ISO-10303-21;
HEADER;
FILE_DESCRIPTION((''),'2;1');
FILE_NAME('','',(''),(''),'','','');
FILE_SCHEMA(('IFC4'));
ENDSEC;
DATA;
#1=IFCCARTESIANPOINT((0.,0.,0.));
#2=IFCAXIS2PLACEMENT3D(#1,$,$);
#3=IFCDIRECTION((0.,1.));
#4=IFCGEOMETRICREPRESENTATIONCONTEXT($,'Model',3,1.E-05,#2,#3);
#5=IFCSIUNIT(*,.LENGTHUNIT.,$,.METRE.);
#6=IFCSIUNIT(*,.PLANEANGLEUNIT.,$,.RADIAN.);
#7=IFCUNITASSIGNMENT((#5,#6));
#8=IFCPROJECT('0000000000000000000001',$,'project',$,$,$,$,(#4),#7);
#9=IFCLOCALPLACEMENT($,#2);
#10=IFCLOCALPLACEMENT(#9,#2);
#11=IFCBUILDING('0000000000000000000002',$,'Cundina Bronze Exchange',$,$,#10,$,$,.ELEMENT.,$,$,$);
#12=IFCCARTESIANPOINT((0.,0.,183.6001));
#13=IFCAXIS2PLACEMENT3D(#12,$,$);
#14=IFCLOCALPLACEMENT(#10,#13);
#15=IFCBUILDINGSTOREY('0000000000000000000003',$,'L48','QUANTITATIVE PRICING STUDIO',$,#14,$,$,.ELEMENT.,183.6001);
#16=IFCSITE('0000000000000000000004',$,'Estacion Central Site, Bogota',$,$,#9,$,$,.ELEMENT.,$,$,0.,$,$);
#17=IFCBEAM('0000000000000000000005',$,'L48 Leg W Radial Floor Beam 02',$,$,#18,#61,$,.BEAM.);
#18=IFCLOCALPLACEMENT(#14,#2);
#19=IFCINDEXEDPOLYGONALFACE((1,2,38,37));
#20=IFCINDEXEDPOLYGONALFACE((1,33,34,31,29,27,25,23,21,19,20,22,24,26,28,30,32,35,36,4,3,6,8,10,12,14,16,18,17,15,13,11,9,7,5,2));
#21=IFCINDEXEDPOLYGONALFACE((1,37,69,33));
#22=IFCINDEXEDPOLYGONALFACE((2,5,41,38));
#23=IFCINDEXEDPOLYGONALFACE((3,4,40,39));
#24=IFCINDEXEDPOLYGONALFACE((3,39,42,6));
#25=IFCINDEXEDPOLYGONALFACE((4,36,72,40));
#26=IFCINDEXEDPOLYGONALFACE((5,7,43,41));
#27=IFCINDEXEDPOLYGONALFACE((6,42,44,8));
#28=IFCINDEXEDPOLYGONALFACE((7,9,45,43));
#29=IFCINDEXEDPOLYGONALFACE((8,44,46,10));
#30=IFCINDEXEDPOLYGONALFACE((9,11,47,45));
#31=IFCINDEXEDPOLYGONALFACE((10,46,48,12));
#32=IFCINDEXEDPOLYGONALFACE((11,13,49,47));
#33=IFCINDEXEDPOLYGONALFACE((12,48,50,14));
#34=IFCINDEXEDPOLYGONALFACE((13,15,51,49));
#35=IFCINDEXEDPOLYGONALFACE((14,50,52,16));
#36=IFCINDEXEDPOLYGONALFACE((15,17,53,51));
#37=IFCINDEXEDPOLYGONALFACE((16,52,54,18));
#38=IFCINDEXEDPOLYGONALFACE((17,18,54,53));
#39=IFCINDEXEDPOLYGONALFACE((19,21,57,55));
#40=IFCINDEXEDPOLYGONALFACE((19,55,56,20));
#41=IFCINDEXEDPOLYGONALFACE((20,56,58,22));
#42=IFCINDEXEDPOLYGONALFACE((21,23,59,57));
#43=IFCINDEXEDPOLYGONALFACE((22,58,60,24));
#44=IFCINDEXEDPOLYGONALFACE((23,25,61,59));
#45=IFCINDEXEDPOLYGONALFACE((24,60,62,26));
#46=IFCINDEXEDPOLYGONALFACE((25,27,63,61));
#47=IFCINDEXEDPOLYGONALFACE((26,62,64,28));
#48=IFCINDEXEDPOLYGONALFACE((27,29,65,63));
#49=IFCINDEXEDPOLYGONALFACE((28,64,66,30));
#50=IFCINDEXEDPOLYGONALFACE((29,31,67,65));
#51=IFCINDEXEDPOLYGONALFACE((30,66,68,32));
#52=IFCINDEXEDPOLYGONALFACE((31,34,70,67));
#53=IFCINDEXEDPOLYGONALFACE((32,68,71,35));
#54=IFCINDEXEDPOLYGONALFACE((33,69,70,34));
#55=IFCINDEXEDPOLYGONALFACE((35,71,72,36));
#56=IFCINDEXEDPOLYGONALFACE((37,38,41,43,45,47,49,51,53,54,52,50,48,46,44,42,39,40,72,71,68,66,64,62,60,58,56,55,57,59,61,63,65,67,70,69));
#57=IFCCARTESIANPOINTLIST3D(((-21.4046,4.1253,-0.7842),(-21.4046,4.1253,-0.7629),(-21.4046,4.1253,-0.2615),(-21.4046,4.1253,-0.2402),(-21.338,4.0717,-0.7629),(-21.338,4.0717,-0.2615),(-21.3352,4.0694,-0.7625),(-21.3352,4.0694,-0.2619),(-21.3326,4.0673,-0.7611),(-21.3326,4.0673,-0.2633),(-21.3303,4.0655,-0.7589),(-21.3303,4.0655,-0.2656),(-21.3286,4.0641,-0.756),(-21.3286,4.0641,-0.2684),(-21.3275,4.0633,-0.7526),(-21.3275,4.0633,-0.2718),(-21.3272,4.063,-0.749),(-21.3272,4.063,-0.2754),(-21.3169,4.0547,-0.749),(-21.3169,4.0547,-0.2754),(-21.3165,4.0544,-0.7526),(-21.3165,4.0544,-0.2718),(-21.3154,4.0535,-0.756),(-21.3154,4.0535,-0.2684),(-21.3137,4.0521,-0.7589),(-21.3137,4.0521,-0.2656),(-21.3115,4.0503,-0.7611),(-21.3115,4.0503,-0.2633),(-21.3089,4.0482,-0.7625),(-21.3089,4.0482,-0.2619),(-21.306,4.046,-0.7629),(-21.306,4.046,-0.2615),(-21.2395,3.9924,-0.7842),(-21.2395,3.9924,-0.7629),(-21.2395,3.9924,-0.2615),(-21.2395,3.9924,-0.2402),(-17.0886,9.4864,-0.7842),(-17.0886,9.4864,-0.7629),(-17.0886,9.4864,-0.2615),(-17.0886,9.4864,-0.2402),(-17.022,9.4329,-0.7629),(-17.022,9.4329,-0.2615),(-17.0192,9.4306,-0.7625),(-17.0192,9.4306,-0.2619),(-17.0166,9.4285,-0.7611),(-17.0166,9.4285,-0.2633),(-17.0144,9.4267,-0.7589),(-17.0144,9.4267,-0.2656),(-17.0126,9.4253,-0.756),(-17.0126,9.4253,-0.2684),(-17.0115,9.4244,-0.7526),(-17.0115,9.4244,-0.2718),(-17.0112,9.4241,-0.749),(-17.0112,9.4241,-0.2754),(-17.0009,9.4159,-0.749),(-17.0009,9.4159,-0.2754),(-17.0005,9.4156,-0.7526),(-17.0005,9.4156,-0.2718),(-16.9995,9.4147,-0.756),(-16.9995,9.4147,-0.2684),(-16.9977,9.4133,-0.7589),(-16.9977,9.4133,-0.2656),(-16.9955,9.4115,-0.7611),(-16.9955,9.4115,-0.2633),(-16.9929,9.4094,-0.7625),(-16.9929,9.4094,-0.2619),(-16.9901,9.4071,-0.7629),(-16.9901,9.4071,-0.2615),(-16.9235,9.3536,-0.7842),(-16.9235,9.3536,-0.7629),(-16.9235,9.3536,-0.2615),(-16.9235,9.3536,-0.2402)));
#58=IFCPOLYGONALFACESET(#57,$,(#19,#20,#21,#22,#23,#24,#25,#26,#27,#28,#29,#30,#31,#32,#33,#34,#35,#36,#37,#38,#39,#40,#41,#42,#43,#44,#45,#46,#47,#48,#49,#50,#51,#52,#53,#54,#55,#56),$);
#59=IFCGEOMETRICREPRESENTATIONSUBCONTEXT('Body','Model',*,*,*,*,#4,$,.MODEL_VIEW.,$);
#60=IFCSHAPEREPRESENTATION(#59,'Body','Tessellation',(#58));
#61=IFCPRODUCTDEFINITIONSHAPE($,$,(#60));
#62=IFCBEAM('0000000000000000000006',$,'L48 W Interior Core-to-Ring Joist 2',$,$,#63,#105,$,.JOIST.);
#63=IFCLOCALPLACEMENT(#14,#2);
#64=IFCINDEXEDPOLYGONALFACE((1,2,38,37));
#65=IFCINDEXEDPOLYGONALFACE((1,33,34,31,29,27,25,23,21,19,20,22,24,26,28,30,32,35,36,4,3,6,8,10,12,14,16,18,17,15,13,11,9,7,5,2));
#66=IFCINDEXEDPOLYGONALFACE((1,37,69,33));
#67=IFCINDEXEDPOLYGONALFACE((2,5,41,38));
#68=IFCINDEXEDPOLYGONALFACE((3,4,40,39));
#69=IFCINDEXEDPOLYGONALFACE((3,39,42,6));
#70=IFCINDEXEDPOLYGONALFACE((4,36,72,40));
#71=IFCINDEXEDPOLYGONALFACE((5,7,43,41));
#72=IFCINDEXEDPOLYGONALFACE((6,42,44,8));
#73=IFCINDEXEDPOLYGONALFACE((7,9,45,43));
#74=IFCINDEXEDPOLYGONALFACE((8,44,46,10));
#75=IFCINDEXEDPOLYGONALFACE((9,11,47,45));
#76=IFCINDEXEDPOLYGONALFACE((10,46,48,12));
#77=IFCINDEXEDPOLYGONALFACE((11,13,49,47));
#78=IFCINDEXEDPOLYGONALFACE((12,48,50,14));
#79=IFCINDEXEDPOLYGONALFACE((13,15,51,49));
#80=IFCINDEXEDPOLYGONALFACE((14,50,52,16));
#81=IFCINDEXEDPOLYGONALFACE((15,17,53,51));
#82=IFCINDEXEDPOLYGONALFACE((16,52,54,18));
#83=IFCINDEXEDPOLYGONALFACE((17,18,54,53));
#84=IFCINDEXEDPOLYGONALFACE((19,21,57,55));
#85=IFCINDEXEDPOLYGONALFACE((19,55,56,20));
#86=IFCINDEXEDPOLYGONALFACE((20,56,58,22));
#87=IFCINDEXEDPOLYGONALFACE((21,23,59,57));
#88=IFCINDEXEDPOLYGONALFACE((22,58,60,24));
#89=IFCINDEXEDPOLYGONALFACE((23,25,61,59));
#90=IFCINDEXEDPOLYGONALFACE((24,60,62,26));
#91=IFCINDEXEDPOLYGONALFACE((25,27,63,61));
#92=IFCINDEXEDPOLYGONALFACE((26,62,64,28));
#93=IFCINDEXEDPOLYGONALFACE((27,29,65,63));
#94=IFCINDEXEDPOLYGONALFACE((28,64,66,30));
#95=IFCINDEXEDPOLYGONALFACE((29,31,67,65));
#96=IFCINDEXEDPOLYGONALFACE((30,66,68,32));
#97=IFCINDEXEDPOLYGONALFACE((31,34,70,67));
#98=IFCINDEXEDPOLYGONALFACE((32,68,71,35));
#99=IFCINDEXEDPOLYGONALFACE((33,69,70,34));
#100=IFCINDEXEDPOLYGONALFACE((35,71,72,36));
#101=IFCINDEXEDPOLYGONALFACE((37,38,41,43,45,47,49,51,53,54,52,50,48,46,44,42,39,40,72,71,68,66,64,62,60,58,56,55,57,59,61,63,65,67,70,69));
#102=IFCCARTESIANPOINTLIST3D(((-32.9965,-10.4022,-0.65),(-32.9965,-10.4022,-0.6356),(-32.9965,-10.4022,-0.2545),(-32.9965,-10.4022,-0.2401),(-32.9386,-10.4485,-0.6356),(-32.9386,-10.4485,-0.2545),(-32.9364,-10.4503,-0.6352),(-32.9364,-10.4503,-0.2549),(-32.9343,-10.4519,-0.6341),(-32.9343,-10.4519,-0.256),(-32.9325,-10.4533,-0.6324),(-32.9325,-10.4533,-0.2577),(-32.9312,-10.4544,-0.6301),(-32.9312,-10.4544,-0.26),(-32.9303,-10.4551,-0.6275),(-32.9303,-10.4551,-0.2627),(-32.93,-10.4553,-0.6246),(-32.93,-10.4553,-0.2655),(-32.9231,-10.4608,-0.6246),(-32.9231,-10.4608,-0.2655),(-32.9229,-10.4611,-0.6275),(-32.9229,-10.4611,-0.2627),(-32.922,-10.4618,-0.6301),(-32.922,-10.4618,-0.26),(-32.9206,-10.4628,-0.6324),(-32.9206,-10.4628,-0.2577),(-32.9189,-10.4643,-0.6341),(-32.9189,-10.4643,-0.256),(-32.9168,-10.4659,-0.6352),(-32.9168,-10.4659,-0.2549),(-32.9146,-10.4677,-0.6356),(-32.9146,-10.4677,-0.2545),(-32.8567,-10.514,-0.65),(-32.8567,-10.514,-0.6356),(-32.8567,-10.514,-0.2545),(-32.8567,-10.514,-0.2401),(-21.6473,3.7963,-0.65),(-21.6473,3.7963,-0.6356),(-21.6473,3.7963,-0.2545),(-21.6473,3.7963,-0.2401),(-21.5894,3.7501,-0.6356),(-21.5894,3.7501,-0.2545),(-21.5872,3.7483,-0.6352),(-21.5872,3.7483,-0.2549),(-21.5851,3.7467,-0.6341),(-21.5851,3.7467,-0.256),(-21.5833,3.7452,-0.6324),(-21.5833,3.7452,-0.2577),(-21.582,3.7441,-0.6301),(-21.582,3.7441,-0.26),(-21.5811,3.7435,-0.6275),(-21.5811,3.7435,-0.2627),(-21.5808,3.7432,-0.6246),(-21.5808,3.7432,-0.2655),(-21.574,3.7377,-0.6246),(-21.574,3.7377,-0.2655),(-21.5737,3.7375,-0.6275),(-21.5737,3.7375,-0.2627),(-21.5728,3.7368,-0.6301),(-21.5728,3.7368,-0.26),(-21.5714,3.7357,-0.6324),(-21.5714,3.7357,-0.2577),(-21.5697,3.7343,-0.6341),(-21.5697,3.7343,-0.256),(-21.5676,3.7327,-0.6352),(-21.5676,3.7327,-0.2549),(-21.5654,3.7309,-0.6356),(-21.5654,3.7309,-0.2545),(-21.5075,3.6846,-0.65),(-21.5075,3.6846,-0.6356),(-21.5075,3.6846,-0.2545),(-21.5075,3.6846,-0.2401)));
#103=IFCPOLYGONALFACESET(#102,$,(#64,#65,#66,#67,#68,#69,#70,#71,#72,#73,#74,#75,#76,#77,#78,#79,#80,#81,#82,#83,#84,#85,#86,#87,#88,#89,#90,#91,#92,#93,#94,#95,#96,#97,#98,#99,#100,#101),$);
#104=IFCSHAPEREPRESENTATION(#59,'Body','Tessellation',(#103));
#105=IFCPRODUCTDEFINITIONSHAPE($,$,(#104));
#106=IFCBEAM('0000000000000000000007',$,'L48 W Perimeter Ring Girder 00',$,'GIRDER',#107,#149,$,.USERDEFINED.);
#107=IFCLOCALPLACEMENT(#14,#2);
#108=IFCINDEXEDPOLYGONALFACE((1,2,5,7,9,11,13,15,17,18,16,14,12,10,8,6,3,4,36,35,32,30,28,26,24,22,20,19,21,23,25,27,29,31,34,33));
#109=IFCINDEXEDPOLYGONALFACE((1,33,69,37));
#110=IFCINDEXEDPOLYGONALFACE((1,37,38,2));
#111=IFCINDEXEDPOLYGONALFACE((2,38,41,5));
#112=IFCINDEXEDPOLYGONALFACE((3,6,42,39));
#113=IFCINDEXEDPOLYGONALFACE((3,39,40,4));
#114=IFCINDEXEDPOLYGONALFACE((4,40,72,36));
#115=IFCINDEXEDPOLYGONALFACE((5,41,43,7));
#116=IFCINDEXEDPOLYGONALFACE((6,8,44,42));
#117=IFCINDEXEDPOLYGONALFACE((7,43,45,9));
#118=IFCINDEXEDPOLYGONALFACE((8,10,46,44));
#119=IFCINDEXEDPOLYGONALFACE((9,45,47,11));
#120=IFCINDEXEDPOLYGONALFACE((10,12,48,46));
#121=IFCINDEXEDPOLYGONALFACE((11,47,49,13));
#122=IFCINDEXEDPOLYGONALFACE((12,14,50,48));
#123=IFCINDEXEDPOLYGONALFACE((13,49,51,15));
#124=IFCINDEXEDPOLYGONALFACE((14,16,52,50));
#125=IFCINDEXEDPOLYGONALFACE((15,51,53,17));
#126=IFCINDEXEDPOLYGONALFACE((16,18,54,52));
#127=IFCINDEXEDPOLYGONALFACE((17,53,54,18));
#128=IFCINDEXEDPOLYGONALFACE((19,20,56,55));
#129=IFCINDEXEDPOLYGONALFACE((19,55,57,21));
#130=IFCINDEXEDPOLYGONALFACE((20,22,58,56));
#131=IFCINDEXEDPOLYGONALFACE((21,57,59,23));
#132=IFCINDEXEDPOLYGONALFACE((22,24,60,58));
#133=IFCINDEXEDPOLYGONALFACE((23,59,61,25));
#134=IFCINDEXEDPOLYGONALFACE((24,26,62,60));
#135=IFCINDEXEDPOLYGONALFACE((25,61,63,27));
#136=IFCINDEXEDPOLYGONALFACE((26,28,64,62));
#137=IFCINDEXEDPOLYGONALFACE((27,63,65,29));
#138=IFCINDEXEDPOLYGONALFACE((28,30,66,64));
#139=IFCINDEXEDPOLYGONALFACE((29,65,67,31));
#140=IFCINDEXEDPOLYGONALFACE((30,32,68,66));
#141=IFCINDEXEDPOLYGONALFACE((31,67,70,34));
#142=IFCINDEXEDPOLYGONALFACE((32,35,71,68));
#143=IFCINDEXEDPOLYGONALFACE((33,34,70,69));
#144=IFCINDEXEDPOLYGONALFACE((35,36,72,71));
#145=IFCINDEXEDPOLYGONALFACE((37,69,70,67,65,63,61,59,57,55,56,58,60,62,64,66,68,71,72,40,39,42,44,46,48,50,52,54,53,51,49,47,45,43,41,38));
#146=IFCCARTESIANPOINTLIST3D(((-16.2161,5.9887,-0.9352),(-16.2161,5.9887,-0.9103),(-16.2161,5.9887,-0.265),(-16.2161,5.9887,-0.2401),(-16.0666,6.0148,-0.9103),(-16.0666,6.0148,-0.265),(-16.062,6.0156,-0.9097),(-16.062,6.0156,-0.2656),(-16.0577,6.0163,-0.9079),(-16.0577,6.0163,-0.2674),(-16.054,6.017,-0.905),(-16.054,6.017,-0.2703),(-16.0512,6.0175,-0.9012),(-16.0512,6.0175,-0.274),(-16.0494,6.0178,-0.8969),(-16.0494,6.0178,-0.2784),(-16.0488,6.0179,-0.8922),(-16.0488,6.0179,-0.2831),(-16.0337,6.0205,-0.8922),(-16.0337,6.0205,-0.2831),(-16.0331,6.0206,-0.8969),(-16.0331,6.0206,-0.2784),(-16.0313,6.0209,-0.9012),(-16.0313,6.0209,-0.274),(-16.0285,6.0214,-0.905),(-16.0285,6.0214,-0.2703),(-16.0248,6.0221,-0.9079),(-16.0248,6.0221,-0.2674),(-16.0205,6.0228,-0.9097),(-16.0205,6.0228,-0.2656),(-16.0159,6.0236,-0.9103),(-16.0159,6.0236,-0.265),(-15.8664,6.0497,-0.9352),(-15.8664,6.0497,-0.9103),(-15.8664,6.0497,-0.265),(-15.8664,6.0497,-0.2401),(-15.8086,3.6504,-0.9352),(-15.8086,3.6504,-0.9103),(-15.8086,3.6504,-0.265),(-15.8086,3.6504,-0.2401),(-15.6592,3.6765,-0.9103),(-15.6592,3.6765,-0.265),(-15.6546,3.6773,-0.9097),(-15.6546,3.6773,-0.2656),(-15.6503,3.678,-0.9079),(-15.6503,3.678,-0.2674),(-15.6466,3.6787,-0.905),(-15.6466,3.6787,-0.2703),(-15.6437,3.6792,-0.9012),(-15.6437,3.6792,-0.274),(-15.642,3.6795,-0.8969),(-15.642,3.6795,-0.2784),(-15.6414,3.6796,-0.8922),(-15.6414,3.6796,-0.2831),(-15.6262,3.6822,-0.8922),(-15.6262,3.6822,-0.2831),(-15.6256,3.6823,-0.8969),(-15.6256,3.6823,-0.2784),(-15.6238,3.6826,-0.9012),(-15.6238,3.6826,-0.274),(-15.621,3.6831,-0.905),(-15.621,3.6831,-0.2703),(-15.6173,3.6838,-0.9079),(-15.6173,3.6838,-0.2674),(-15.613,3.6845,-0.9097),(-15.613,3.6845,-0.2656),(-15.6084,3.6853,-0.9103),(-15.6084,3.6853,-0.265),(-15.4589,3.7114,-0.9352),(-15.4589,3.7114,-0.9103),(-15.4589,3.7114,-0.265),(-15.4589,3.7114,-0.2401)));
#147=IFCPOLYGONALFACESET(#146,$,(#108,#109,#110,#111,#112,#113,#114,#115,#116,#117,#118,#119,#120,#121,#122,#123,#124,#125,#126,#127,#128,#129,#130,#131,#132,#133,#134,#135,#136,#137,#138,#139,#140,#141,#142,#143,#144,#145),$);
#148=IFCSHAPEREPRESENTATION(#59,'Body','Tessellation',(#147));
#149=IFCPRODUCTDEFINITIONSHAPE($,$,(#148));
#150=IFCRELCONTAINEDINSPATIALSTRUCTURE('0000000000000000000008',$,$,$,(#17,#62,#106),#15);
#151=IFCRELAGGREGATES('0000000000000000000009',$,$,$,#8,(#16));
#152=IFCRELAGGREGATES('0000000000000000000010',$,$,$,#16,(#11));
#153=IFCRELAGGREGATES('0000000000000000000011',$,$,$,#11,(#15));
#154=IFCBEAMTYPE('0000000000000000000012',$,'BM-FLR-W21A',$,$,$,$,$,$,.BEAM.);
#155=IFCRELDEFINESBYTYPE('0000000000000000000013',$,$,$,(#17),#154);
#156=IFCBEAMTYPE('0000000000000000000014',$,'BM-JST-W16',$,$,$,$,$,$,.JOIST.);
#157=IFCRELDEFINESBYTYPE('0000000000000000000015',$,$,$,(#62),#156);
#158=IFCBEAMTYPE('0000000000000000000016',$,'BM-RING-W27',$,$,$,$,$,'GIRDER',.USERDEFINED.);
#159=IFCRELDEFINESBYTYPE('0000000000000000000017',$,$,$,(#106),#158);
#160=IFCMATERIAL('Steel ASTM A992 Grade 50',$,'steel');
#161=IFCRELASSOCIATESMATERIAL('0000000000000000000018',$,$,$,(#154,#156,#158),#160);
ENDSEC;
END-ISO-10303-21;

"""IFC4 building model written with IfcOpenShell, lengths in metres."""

from ifc_helpers import new_model, si_unit, direction, frame, origin, origin_2d, place, context, subcontext, project, spatial, i_section, extrude, material, material_profile, profile_set, type_object, element, save


model = new_model("IFC4")

# Units and contexts
model_context = context("Model", 3, precision=1e-05, world=origin(), true_north=direction((0.0, 1.0)))
body_context = subcontext(model_context, "Body", "Model", "MODEL_VIEW")
ifc_project = project(units=[si_unit("LENGTHUNIT", "METRE"), si_unit("PLANEANGLEUNIT", "RADIAN")], contexts=[model_context])

# Site, building, storey
site_placement = place(None, origin())
site = spatial("IfcSite", under=ifc_project, at=site_placement, Name="Estacion Central Site, Bogota", CompositionType="ELEMENT", RefElevation=0.0)
building_placement = place(site_placement, origin())
building = spatial("IfcBuilding", under=site, at=building_placement, Name="Cundina Bronze Exchange", CompositionType="ELEMENT")
storey_placement = place(building_placement, frame((0.0, 0.0, 183.6001)))
storey = spatial("IfcBuildingStorey", under=building, at=storey_placement, Name="L48", Description="QUANTITATIVE PRICING STUDIO", CompositionType="ELEMENT", Elevation=183.6001)

# Shared definitions
ifc_material_1 = material(Name="Steel ASTM A992 Grade 50", Category="steel")

# Beams
ifc_material_profile_1 = material_profile(ifc_material_1, i_section(OverallWidth=0.2119, OverallDepth=0.5439, WebThickness=0.0132, FlangeThickness=0.0212, FilletRadius=0.0139, at=origin_2d()), Name="W21X83", Category="steel")
ifc_profile_set_1 = profile_set([ifc_material_profile_1], Name="Steel ASTM A992 Grade 50")
beam_type_1 = type_object("IfcBeamType", Name="BM-FLR-W21A", PredefinedType="BEAM", material=ifc_profile_set_1)
beam_1_placement = place(storey_placement, frame((-21.322, 4.0588, -0.5122), z_axis=(0.627089, 0.778948, 0.0), x_axis=(-0.778948, 0.627089, 0.0)))
element("IfcBeam", 1, at=beam_1_placement, inside=storey, type_object=beam_type_1, Name="L48 Leg W Radial Floor Beam 02", PredefinedType="BEAM", context=body_context, shape_type="SweptSolid", body=[
    extrude(i_section(OverallWidth=0.2119, OverallDepth=0.5439, WebThickness=0.0132, FlangeThickness=0.0212, FilletRadius=0.0139, at=origin_2d()), origin(), (0.0, 0.0, 1.0), 6.8826),
])
ifc_material_profile_2 = material_profile(ifc_material_1, i_section(OverallWidth=0.179, OverallDepth=0.4099, WebThickness=0.0088, FlangeThickness=0.0144, FilletRadius=0.011, at=origin_2d()), Name="W16X45", Category="steel")
ifc_profile_set_2 = profile_set([ifc_material_profile_2], Name="Steel ASTM A992 Grade 50")
beam_type_2 = type_object("IfcBeamType", Name="BM-JST-W16", PredefinedType="JOIST", material=ifc_profile_set_2)
beam_2_placement = place(storey_placement, frame((-21.5774, 3.7405, -0.4451), z_axis=(-0.624371, -0.781128, 0.0), x_axis=(0.781128, -0.624371, 0.0)))
element("IfcBeam", 2, at=beam_2_placement, inside=storey, type_object=beam_type_2, Name="L48 W Interior Core-to-Ring Joist 2", PredefinedType="JOIST", context=body_context, shape_type="SweptSolid", body=[
    extrude(i_section(OverallWidth=0.179, OverallDepth=0.4099, WebThickness=0.0088, FlangeThickness=0.0144, FilletRadius=0.011, at=origin_2d()), origin(), (0.0, 0.0, 1.0), 18.177),
])
ifc_material_profile_3 = material_profile(ifc_material_1, i_section(OverallWidth=0.355, OverallDepth=0.6951, WebThickness=0.0154, FlangeThickness=0.0249, FilletRadius=0.0181, at=origin_2d()), Name="W27X146", Category="steel")
ifc_profile_set_3 = profile_set([ifc_material_profile_3], Name="Steel ASTM A992 Grade 50")
beam_type_3 = type_object("IfcBeamType", Name="BM-RING-W27", ElementType="GIRDER", PredefinedType="USERDEFINED", material=ifc_profile_set_3)
beam_3_placement = place(storey_placement, frame((-15.6338, 3.6809, -0.5876), z_axis=(-0.171667, 0.985155, 0.0), x_axis=(-0.985155, -0.171667, 0.0)))
element("IfcBeam", 3, at=beam_3_placement, inside=storey, type_object=beam_type_3, Name="L48 W Perimeter Ring Girder 00", ObjectType="GIRDER", PredefinedType="USERDEFINED", context=body_context, shape_type="SweptSolid", body=[
    extrude(i_section(OverallWidth=0.355, OverallDepth=0.6951, WebThickness=0.0154, FlangeThickness=0.0249, FilletRadius=0.0181, at=origin_2d()), origin(), (0.0, 0.0, 1.0), 2.3735),
])

save(model, "model.ifc")
